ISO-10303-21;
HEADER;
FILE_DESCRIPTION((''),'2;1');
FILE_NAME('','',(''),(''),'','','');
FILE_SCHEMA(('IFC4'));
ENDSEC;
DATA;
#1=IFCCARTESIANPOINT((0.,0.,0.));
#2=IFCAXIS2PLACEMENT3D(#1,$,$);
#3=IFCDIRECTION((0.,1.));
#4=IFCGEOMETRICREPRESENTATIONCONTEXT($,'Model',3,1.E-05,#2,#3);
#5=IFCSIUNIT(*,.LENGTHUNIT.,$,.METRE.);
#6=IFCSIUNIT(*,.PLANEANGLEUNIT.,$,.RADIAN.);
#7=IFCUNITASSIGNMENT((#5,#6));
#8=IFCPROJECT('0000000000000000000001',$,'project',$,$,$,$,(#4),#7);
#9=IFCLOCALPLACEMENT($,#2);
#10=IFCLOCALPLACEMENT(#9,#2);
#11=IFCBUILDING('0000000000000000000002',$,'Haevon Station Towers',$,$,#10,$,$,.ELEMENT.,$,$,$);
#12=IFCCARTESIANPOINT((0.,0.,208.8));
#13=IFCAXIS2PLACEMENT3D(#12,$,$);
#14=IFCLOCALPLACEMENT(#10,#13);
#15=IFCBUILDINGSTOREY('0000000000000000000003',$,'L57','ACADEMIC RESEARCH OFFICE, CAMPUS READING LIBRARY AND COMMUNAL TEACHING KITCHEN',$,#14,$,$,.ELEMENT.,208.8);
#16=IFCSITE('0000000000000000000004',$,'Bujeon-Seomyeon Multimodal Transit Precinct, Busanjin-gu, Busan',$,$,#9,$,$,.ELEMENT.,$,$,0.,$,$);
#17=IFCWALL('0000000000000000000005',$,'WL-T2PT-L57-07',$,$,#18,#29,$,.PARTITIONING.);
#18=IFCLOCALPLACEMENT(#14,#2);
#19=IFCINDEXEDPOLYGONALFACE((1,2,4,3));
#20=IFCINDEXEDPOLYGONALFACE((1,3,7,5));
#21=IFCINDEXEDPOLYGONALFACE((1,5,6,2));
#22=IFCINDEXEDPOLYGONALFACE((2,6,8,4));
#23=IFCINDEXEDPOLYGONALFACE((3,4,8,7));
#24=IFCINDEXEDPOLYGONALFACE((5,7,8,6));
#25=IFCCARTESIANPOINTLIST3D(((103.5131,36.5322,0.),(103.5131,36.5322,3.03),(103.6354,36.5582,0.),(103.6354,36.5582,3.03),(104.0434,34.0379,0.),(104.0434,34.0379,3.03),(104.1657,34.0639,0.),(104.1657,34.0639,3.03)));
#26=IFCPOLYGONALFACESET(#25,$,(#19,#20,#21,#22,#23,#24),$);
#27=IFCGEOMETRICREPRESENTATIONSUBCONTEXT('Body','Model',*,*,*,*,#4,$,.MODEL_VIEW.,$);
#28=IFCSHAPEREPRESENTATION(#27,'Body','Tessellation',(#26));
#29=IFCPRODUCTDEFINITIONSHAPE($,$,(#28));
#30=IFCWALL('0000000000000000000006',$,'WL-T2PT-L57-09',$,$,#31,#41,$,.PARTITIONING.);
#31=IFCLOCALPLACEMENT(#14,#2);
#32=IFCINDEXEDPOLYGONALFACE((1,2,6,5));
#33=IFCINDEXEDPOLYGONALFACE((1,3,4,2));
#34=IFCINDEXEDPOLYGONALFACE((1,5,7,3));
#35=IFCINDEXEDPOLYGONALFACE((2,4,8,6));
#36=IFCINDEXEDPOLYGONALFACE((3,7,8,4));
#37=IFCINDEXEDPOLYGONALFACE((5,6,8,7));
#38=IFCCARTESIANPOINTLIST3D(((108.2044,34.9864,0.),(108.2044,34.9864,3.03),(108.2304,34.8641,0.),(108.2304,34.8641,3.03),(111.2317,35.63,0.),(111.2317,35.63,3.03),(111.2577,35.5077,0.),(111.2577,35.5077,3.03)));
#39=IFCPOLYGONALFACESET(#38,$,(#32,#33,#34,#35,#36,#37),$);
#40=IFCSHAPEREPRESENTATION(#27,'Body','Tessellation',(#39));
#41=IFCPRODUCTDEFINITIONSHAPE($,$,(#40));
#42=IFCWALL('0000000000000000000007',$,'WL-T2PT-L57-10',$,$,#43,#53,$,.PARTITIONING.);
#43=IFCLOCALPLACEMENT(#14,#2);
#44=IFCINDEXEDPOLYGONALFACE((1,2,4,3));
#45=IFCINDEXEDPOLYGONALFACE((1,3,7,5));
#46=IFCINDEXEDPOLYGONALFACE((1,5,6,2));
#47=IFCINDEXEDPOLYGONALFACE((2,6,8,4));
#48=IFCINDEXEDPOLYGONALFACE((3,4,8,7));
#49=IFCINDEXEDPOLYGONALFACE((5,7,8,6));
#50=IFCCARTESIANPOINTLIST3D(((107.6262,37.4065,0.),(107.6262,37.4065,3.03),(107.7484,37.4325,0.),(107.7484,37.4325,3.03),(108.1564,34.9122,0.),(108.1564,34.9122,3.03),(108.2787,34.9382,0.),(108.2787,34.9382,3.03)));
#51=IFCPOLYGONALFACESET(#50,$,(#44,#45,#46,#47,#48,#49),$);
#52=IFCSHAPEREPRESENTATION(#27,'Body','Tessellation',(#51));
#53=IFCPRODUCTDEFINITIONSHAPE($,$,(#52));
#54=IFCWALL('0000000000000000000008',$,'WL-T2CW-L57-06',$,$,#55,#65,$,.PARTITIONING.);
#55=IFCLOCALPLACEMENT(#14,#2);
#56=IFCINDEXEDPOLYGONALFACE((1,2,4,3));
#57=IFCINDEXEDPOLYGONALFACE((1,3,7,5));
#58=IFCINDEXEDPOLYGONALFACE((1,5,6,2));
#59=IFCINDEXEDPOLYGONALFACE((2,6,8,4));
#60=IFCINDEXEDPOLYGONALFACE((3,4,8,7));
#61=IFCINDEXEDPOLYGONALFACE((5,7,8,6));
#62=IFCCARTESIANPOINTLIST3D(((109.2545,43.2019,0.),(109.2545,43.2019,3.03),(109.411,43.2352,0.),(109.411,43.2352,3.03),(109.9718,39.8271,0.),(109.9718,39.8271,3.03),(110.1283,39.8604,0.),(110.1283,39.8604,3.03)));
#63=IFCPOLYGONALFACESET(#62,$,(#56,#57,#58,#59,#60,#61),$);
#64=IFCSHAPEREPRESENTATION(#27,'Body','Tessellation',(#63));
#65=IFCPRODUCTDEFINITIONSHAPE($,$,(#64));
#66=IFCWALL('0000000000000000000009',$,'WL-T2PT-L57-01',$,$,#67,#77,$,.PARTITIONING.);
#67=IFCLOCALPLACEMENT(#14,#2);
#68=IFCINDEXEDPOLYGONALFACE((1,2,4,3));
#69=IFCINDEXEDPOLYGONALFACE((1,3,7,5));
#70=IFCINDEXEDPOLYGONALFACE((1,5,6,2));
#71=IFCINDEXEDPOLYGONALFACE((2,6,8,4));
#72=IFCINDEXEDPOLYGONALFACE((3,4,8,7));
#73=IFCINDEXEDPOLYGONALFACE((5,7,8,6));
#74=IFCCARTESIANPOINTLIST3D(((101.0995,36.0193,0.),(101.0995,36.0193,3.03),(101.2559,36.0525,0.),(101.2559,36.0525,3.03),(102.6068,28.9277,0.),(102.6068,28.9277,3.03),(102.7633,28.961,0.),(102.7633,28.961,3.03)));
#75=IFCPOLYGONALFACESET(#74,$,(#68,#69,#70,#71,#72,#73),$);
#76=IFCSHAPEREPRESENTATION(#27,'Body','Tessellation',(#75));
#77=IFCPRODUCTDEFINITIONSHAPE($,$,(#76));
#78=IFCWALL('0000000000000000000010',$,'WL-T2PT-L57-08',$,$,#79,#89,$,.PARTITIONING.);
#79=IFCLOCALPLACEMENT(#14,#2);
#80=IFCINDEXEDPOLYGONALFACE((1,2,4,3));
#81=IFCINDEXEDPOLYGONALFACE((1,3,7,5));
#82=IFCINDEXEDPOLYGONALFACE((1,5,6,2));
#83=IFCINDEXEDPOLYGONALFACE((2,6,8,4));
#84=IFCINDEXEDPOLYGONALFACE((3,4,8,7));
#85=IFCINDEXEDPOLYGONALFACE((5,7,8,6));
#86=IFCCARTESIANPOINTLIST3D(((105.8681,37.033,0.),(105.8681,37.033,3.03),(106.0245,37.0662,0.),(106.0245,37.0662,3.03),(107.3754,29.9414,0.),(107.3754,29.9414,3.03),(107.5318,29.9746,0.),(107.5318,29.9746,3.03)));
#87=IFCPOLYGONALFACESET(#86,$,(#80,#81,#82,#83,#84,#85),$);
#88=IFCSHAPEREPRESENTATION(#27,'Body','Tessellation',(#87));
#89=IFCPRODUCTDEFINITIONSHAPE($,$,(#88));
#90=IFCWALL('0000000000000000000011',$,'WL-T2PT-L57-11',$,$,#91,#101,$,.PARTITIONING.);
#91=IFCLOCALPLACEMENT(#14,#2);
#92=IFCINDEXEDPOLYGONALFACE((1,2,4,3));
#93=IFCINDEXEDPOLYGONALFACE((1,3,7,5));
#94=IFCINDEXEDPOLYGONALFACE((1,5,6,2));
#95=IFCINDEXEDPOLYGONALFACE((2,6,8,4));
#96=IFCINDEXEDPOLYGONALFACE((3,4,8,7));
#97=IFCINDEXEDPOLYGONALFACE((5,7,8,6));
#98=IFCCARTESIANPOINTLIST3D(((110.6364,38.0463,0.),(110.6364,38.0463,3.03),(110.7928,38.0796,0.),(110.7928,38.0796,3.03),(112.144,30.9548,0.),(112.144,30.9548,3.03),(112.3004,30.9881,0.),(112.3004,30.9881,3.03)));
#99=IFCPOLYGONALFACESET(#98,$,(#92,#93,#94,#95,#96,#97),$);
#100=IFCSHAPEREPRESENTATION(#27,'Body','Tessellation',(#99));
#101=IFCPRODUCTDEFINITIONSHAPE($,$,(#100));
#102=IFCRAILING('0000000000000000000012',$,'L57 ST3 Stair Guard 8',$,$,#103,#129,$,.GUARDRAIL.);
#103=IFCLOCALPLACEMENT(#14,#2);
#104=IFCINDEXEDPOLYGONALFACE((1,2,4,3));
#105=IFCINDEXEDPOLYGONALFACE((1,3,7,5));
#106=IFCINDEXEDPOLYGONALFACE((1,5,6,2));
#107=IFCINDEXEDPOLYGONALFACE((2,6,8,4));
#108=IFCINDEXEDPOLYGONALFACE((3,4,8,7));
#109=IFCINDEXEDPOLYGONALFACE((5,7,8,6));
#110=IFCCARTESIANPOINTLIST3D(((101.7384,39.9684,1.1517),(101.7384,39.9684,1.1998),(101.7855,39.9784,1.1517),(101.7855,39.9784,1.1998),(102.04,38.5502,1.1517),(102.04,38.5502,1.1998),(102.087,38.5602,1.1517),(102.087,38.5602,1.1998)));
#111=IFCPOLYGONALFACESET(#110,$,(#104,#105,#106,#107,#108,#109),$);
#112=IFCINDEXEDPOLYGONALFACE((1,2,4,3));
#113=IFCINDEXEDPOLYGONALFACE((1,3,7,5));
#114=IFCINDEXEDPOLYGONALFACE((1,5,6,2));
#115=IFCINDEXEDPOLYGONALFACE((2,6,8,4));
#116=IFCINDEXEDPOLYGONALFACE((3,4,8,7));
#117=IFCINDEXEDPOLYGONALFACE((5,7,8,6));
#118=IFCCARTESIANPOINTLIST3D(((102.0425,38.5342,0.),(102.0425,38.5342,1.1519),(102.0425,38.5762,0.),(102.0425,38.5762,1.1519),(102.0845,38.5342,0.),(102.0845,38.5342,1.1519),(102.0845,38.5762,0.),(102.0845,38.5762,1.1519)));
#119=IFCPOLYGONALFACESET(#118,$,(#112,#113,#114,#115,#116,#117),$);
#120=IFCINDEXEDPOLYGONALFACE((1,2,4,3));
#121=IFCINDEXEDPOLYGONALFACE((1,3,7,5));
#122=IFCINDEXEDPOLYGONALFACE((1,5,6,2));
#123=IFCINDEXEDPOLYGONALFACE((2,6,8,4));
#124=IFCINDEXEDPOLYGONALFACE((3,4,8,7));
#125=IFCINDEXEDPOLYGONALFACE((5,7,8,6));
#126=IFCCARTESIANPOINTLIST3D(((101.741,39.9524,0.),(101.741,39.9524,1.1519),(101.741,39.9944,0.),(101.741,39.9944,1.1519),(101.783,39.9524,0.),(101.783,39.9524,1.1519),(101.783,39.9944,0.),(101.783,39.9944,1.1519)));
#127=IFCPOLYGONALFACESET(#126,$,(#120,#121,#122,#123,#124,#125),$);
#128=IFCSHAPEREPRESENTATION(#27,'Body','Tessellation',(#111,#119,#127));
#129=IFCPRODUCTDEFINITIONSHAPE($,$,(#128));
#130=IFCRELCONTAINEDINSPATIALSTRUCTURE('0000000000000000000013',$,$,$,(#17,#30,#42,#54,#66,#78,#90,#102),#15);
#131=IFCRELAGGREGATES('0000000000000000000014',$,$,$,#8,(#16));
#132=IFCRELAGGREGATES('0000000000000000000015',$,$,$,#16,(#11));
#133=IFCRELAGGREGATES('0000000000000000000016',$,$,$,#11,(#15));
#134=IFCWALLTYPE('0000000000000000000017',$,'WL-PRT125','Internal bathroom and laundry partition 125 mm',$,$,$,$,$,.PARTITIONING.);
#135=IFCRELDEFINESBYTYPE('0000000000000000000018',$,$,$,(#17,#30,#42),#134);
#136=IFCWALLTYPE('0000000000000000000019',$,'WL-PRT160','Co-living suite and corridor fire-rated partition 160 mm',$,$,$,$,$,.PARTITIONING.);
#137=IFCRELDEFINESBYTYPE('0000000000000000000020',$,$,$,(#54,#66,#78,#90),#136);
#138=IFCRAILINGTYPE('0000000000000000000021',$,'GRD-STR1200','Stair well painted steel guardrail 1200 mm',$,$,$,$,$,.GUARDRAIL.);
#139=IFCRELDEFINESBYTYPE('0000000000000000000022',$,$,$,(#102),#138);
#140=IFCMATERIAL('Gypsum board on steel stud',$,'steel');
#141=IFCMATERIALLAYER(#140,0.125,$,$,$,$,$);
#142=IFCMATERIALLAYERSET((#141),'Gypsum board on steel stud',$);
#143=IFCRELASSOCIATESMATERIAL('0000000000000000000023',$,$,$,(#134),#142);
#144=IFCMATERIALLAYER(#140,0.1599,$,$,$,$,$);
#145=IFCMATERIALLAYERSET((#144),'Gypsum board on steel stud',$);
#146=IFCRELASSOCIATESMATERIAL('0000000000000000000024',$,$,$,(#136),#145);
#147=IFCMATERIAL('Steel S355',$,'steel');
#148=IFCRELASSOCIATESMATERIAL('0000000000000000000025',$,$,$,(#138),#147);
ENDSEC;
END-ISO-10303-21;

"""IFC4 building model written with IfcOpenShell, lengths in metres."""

from ifc_helpers import new_model, si_unit, direction, frame, frame_2d, origin, origin_2d, place, context, subcontext, project, spatial, rectangle, extrude, material, layer, layer_set, type_object, element, save


model = new_model("IFC4")

# Units and contexts
model_context = context("Model", 3, precision=1e-05, world=origin(), true_north=direction((0.0, 1.0)))
body_context = subcontext(model_context, "Body", "Model", "MODEL_VIEW")
ifc_project = project(units=[si_unit("LENGTHUNIT", "METRE"), si_unit("PLANEANGLEUNIT", "RADIAN")], contexts=[model_context])

# Site, building, storey
site_placement = place(None, origin())
site = spatial("IfcSite", under=ifc_project, at=site_placement, Name="Bujeon-Seomyeon Multimodal Transit Precinct, Busanjin-gu, Busan", CompositionType="ELEMENT", RefElevation=0.0)
building_placement = place(site_placement, origin())
building = spatial("IfcBuilding", under=site, at=building_placement, Name="Haevon Station Towers", CompositionType="ELEMENT")
storey_placement = place(building_placement, frame((0.0, 0.0, 208.8)))
storey = spatial("IfcBuildingStorey", under=building, at=storey_placement, Name="L57", Description="ACADEMIC RESEARCH OFFICE, CAMPUS READING LIBRARY AND COMMUNAL TEACHING KITCHEN", CompositionType="ELEMENT", Elevation=208.8)

# Shared definitions
ifc_material_1 = material(Name="Steel S355", Category="steel")

# Shared definitions
ifc_material_2 = material(Name="Gypsum board on steel stud", Category="steel")

# Walls
ifc_layer_1 = layer(ifc_material_2, 0.125)
ifc_layer_set_1 = layer_set([ifc_layer_1], Name="Gypsum board on steel stud")
wall_type_1 = type_object("IfcWallType", Name="WL-PRT125", Description="Internal bathroom and laundry partition 125 mm", PredefinedType="PARTITIONING", material=ifc_layer_set_1)
wall_1_placement = place(storey_placement, frame((104.1045, 34.051, 0.0), z_axis=(0.0, 0.0, 1.0), x_axis=(-0.20794, 0.978142, 0.0)))
element("IfcWall", 1, at=wall_1_placement, inside=storey, type_object=wall_type_1, Name="WL-T2PT-L57-07", PredefinedType="PARTITIONING", context=body_context, shape_type="SweptSolid", body=[
    extrude(rectangle(XDim=2.55, YDim=0.125, at=frame_2d((1.2749, 0.0))), origin(), (0.0, 0.0, 1.0), 3.03),
])
wall_2_placement = place(storey_placement, frame((108.2175, 34.9253, 0.0), z_axis=(0.0, 0.0, 1.0), x_axis=(0.978143, 0.207934, 0.0)))
element("IfcWall", 2, at=wall_2_placement, inside=storey, type_object=wall_type_1, Name="WL-T2PT-L57-09", PredefinedType="PARTITIONING", context=body_context, shape_type="SweptSolid", body=[
    extrude(rectangle(XDim=3.095, YDim=0.125, at=frame_2d((1.5474, 0.0))), origin(), (0.0, 0.0, 1.0), 3.03),
])
wall_3_placement = place(storey_placement, frame((108.2175, 34.9253, 0.0), z_axis=(0.0, 0.0, 1.0), x_axis=(-0.20794, 0.978142, 0.0)))
element("IfcWall", 3, at=wall_3_placement, inside=storey, type_object=wall_type_1, Name="WL-T2PT-L57-10", PredefinedType="PARTITIONING", context=body_context, shape_type="SweptSolid", body=[
    extrude(rectangle(XDim=2.55, YDim=0.125, at=frame_2d((1.2749, 0.0))), origin(), (0.0, 0.0, 1.0), 3.03),
])
ifc_layer_2 = layer(ifc_material_2, 0.1599)
ifc_layer_set_2 = layer_set([ifc_layer_2], Name="Gypsum board on steel stud")
wall_type_2 = type_object("IfcWallType", Name="WL-PRT160", Description="Co-living suite and corridor fire-rated partition 160 mm", PredefinedType="PARTITIONING", material=ifc_layer_set_2)
wall_4_placement = place(storey_placement, frame((110.05, 39.8438, 0.0), z_axis=(0.0, 0.0, 1.0), x_axis=(-0.2079, 0.97815, 0.0)))
element("IfcWall", 4, at=wall_4_placement, inside=storey, type_object=wall_type_2, Name="WL-T2CW-L57-06", PredefinedType="PARTITIONING", context=body_context, shape_type="SweptSolid", body=[
    extrude(rectangle(XDim=3.4502, YDim=0.1599, at=frame_2d((1.7251, 0.0))), origin(), (0.0, 0.0, 1.0), 3.03),
])
for number, where, z_axis, x_axis, name in (
    (5, (102.6851, 28.9443, 0.0), (0.0, 0.0, 1.0), (-0.207907, 0.978148, 0.0), "WL-T2PT-L57-01"),
    (6, (107.4536, 29.958, 0.0), (0.0, 0.0, 1.0), (-0.207907, 0.978148, 0.0), "WL-T2PT-L57-08"),
    (7, (112.2222, 30.9714, 0.0), (0.0, 0.0, 1.0), (-0.20794, 0.978142, 0.0), "WL-T2PT-L57-11"),
):
    element("IfcWall", number, at=place(storey_placement, frame(where, z_axis=z_axis, x_axis=x_axis)), inside=storey, type_object=wall_type_2, Name=name, PredefinedType="PARTITIONING", context=body_context, shape_type="SweptSolid", body=[
        extrude(rectangle(XDim=7.25, YDim=0.1599, at=frame_2d((3.625, 0.0))), origin(), (0.0, 0.0, 1.0), 3.03),
    ])

# Railing
railing_type = type_object("IfcRailingType", Name="GRD-STR1200", Description="Stair well painted steel guardrail 1200 mm", PredefinedType="GUARDRAIL", material=ifc_material_1)
railing_placement = place(storey_placement, frame((102.0635, 38.5552, 0.0)))
element("IfcRailing", 8, at=railing_placement, inside=storey, type_object=railing_type, Name="L57 ST3 Stair Guard 8", PredefinedType="GUARDRAIL", context=body_context, shape_type="SweptSolid", body=[
    extrude(rectangle(XDim=0.0481, YDim=0.0481, at=origin_2d()), frame((0.0, 0.0, 1.1758), z_axis=(-0.207953, 0.978139, 0.0), x_axis=(-0.978139, -0.207953, 0.0)), (0.0, 0.0, 1.0), 1.45),
    extrude(rectangle(XDim=0.042, YDim=0.042, at=origin_2d()), origin(), (0.0, 0.0, 1.0), 1.1519),
    extrude(rectangle(XDim=0.042, YDim=0.042, at=origin_2d()), frame((-0.3015, 1.4182, 0.0)), (0.0, 0.0, 1.0), 1.1519),
])

save(model, "model.ifc")
